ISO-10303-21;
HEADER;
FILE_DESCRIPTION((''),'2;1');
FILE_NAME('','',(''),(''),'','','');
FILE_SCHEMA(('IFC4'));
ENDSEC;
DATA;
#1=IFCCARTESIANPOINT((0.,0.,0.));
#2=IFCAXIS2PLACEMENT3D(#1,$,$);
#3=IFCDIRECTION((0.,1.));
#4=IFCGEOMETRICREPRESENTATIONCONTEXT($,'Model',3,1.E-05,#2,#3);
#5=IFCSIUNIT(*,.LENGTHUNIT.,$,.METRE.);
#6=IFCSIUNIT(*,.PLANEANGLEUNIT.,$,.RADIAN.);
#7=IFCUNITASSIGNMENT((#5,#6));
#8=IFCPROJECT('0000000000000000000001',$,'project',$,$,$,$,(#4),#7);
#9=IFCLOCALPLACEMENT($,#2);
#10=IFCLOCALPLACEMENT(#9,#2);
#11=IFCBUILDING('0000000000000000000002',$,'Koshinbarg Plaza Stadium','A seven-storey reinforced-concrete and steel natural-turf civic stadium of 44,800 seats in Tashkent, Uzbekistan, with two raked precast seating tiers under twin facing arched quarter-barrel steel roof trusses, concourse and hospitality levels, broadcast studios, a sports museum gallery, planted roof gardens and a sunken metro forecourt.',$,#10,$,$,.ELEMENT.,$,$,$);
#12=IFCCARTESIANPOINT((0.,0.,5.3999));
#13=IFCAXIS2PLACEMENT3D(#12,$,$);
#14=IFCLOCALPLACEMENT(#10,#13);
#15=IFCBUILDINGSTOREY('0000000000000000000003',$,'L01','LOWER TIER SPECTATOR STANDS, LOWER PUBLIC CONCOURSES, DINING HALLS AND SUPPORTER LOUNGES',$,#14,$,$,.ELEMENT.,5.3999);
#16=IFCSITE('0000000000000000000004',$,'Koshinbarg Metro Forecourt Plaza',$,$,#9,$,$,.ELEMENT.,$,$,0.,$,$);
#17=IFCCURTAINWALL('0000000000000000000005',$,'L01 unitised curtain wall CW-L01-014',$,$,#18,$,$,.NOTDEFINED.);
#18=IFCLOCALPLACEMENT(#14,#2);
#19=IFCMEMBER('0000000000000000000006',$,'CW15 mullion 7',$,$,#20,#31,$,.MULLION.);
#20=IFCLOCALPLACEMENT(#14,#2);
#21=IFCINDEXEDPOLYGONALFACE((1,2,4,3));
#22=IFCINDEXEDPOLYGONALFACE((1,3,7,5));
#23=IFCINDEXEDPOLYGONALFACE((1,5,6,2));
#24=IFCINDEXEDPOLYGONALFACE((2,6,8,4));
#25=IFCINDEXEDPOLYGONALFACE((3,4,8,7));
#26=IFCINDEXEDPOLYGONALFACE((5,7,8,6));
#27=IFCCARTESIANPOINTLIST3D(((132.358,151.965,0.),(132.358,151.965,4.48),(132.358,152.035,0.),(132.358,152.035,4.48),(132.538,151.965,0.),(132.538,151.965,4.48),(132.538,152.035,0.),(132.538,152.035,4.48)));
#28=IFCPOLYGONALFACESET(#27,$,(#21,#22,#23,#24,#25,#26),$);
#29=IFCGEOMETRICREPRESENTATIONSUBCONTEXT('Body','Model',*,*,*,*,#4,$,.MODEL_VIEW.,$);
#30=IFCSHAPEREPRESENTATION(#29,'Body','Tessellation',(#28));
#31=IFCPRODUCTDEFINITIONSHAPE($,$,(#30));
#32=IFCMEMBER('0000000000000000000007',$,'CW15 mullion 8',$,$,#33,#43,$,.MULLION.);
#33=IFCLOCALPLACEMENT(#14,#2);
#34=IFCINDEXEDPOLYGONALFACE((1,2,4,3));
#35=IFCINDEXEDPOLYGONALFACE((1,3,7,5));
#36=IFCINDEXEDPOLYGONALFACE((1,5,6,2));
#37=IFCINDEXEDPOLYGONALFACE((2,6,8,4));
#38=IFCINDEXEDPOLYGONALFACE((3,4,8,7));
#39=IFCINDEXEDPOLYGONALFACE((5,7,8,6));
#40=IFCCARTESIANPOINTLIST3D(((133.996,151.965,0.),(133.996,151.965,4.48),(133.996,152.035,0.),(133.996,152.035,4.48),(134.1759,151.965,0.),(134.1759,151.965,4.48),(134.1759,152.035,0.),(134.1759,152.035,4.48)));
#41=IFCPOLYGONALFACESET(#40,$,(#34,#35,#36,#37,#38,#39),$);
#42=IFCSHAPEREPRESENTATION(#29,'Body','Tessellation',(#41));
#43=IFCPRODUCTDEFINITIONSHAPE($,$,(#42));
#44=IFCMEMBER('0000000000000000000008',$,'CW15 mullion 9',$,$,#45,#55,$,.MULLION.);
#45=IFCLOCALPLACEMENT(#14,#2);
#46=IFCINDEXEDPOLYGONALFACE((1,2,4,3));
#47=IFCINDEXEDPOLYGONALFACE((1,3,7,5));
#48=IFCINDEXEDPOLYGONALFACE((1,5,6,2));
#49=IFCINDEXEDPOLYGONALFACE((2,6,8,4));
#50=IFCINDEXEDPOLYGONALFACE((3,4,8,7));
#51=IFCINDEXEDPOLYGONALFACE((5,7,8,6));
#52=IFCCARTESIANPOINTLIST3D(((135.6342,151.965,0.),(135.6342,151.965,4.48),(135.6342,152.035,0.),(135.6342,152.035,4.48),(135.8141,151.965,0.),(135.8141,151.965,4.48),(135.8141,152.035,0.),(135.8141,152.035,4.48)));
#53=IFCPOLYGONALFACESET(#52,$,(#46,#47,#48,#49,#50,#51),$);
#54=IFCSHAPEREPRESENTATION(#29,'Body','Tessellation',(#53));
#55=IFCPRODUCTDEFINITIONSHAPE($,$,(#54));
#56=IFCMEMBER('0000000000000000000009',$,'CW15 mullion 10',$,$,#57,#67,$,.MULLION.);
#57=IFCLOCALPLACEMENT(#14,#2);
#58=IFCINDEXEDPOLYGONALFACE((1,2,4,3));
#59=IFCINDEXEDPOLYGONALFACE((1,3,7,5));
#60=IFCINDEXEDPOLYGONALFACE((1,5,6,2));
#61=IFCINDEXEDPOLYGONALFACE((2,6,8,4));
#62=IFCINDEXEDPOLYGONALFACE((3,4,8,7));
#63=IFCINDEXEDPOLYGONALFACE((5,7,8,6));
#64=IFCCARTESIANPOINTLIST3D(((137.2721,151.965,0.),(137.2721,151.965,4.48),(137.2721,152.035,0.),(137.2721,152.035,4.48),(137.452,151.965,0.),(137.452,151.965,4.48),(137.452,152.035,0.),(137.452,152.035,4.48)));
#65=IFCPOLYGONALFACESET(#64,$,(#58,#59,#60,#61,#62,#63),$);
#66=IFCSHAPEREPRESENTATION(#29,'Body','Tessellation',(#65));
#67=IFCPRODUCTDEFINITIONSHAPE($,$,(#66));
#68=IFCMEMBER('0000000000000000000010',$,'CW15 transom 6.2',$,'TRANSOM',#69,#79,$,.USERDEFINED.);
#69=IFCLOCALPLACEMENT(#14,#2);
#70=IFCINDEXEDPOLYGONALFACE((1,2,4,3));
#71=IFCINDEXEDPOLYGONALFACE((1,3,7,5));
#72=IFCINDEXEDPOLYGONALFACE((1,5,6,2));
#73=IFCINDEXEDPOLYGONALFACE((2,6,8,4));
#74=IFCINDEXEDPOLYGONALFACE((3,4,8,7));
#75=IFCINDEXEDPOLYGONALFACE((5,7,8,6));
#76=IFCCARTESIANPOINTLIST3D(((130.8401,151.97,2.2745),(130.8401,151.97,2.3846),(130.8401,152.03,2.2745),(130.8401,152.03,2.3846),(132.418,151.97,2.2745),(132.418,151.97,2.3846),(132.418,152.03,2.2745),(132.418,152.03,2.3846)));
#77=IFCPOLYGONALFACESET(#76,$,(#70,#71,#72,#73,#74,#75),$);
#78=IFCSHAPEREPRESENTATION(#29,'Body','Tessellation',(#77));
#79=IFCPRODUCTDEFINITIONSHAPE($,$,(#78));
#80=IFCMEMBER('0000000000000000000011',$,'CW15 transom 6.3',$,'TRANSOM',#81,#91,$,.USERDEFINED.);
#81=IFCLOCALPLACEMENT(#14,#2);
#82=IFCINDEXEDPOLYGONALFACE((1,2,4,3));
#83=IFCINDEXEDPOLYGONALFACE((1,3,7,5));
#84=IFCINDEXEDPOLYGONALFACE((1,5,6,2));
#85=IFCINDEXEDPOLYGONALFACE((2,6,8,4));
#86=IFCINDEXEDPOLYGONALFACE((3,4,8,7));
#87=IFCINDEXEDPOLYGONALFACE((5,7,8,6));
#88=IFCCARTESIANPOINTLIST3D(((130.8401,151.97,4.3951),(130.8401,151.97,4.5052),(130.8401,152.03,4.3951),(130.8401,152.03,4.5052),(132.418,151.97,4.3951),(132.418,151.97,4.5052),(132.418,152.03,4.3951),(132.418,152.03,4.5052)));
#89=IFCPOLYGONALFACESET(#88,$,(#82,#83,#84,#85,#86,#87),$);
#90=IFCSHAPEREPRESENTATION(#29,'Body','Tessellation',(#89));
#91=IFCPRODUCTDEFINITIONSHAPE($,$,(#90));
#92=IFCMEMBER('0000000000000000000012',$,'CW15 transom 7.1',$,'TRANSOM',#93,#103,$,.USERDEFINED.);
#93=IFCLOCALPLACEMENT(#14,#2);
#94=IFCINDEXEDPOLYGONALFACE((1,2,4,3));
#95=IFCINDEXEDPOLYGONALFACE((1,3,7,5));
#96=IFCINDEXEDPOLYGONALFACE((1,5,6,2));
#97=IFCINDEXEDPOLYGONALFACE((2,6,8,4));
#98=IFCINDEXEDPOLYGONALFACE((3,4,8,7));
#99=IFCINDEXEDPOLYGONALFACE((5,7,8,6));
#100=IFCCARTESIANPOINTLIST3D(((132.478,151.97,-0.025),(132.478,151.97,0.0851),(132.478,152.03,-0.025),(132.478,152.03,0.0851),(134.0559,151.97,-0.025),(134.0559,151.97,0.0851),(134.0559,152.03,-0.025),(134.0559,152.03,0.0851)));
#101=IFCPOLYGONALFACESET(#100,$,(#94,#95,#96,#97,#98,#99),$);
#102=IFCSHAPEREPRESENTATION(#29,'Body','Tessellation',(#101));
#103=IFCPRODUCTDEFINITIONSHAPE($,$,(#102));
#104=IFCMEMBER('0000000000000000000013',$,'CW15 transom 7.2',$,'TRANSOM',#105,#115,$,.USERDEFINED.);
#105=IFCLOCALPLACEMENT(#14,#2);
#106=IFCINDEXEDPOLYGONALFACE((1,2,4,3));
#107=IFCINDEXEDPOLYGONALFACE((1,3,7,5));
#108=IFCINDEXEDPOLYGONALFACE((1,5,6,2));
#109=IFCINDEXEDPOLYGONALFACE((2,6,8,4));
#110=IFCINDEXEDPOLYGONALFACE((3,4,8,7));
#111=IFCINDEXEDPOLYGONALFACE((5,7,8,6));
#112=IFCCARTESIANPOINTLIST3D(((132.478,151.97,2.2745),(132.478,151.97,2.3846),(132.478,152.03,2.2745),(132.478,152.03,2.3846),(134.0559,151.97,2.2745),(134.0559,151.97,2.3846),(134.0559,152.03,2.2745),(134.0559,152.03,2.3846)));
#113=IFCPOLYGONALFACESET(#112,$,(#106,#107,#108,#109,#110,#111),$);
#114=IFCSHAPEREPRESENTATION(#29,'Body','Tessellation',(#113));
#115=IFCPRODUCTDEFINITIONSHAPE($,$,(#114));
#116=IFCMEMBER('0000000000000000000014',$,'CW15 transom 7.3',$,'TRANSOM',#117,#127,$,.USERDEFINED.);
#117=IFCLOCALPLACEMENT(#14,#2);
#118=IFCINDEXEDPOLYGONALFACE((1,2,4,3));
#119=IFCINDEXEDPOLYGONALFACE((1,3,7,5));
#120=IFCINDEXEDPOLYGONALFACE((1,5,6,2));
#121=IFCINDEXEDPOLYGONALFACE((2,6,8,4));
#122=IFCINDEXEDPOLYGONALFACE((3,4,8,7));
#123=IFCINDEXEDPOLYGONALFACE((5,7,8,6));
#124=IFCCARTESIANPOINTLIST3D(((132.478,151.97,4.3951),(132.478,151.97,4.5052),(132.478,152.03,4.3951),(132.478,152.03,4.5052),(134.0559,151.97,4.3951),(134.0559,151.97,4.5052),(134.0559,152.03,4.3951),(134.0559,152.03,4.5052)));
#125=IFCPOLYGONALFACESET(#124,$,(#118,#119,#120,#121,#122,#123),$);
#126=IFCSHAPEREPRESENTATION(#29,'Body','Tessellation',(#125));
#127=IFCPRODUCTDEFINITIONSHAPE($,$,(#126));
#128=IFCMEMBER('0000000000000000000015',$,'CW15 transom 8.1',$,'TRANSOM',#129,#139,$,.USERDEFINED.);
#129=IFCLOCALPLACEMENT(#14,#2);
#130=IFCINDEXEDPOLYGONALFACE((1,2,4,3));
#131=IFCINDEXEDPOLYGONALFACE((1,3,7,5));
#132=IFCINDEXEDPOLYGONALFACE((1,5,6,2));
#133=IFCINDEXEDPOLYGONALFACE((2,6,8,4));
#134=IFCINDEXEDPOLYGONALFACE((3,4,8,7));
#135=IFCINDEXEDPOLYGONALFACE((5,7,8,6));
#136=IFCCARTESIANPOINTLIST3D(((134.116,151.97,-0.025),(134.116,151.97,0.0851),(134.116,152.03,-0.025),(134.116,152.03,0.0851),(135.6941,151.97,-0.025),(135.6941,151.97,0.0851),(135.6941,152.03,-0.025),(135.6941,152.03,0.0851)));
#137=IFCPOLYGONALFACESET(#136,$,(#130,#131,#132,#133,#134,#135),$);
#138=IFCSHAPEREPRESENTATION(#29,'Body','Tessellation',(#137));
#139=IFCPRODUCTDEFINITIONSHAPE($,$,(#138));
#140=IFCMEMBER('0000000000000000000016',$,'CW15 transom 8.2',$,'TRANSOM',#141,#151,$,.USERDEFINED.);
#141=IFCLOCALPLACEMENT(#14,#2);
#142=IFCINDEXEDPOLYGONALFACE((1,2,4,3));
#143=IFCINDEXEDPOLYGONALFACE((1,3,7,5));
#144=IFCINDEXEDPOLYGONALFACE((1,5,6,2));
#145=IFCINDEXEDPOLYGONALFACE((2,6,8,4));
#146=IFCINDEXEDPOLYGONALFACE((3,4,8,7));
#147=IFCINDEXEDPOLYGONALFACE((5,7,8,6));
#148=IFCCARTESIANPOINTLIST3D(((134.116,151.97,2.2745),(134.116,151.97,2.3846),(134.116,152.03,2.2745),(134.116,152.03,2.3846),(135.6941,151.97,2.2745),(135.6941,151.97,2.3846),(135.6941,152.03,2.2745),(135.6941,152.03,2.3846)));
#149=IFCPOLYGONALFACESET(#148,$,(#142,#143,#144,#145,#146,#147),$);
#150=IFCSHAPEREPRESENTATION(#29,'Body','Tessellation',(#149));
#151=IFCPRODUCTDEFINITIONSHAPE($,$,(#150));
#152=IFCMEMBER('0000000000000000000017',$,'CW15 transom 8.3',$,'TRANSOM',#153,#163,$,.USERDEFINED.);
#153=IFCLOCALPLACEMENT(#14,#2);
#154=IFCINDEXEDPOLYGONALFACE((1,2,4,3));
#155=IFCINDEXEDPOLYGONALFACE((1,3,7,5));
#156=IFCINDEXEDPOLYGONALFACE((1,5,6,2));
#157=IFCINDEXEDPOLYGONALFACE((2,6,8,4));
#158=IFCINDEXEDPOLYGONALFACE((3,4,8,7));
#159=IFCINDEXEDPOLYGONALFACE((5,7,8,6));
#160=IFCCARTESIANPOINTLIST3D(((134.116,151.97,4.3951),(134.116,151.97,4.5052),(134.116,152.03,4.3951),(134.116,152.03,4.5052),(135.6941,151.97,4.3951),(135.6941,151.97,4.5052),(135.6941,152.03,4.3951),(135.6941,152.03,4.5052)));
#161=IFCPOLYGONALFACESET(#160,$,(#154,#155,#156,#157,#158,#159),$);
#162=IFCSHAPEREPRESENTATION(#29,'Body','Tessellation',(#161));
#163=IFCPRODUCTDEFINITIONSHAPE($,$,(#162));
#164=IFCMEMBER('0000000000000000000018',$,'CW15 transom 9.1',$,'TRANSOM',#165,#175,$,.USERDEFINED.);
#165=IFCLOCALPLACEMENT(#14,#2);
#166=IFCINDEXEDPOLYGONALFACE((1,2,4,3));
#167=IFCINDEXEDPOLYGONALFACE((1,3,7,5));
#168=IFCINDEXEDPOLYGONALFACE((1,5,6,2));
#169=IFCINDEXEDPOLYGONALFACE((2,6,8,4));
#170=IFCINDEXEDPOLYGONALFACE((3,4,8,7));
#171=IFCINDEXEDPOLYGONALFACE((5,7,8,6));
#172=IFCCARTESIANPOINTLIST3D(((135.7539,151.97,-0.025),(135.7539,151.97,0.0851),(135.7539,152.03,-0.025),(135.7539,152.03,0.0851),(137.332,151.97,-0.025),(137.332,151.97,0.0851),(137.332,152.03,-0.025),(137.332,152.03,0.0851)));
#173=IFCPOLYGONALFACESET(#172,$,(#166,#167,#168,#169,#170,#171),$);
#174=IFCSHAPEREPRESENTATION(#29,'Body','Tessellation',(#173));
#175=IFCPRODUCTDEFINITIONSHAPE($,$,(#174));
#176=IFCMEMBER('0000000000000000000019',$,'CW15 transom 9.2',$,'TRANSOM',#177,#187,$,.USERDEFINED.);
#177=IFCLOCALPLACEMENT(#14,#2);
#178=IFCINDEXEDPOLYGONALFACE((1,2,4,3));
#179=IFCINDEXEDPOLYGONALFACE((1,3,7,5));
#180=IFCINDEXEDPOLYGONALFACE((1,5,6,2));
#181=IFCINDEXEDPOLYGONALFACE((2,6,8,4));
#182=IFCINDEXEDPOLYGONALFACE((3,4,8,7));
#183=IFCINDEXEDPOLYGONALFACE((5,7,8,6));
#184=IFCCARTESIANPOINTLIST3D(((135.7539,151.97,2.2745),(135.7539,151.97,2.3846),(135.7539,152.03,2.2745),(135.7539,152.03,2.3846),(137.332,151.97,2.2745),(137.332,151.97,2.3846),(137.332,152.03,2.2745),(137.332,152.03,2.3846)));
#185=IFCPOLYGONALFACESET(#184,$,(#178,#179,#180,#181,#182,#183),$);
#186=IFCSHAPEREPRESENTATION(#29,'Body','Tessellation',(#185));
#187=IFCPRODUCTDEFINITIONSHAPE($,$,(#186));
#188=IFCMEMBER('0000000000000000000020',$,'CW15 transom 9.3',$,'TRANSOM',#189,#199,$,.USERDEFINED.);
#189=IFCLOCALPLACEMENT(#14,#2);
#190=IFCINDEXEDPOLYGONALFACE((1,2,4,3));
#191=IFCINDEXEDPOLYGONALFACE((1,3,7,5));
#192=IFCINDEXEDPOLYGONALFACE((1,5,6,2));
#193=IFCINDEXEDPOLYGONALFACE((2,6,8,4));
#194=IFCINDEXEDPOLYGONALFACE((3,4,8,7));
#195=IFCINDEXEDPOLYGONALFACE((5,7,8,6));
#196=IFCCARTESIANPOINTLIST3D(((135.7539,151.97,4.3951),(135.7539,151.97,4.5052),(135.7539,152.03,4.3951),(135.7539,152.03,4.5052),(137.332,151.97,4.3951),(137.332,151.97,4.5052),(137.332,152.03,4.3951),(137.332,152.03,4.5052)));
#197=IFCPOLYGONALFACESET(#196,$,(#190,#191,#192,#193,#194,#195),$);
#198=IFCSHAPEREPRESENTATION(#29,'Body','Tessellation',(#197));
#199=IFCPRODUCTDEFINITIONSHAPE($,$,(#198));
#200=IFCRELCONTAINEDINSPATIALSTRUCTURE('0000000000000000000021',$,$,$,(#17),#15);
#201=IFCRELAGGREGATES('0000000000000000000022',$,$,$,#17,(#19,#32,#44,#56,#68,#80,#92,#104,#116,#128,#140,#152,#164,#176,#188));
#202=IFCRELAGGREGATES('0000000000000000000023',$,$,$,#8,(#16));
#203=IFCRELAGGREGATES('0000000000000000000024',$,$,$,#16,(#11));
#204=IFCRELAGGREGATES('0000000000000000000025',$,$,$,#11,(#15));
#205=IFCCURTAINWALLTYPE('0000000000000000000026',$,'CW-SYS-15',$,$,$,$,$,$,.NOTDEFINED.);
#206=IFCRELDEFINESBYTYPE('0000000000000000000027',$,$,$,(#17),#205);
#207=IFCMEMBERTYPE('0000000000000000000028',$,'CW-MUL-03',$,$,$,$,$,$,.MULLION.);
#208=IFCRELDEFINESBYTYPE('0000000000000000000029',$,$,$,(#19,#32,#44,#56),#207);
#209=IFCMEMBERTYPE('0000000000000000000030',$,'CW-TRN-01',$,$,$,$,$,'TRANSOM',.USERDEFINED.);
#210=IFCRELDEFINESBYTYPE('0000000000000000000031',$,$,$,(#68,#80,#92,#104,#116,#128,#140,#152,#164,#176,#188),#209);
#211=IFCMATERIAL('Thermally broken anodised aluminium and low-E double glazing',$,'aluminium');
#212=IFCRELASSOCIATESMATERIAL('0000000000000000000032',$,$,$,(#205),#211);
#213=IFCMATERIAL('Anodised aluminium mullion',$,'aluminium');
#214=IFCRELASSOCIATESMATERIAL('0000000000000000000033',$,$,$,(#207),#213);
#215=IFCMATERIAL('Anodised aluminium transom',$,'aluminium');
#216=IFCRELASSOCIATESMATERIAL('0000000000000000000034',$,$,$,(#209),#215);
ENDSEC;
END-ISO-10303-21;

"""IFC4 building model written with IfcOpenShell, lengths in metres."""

from ifc_helpers import new_model, si_unit, direction, frame, origin, origin_2d, place, context, subcontext, project, spatial, rectangle, extrude, material, material_profile, profile_set, type_object, element, aggregate, save


model = new_model("IFC4")

# Units and contexts
model_context = context("Model", 3, precision=1e-05, world=origin(), true_north=direction((0.0, 1.0)))
body_context = subcontext(model_context, "Body", "Model", "MODEL_VIEW")
ifc_project = project(units=[si_unit("LENGTHUNIT", "METRE"), si_unit("PLANEANGLEUNIT", "RADIAN")], contexts=[model_context])

# Site, building, storey
site_placement = place(None, origin())
site = spatial("IfcSite", under=ifc_project, at=site_placement, Name="Koshinbarg Metro Forecourt Plaza", CompositionType="ELEMENT", RefElevation=0.0)
building_placement = place(site_placement, origin())
building = spatial("IfcBuilding", under=site, at=building_placement, Name="Koshinbarg Plaza Stadium", Description="A seven-storey reinforced-concrete and steel natural-turf civic stadium of 44,800 seats in Tashkent, Uzbekistan, with two raked precast seating tiers under twin facing arched quarter-barrel steel roof trusses, concourse and hospitality levels, broadcast studios, a sports museum gallery, planted roof gardens and a sunken metro forecourt.", CompositionType="ELEMENT")
storey_placement = place(building_placement, frame((0.0, 0.0, 5.3999)))
storey = spatial("IfcBuildingStorey", under=building, at=storey_placement, Name="L01", Description="LOWER TIER SPECTATOR STANDS, LOWER PUBLIC CONCOURSES, DINING HALLS AND SUPPORTER LOUNGES", CompositionType="ELEMENT", Elevation=5.3999)

# Curtain wall, members
ifc_material_1 = material(Name="Thermally broken anodised aluminium and low-E double glazing", Category="aluminium")
curtain_wall_type = type_object("IfcCurtainWallType", Name="CW-SYS-15", PredefinedType="NOTDEFINED", material=ifc_material_1)
curtain_wall_placement = place(storey_placement, origin())
curtain_wall = element("IfcCurtainWall", 1, at=curtain_wall_placement, inside=storey, type_object=curtain_wall_type, Name="L01 unitised curtain wall CW-L01-014", PredefinedType="NOTDEFINED")
ifc_material_2 = material(Name="Anodised aluminium mullion", Category="aluminium")
ifc_material_profile_1 = material_profile(ifc_material_2, rectangle(XDim=0.0701, YDim=0.1799, at=origin_2d()), Name="ALU 70x180")
ifc_profile_set_1 = profile_set([ifc_material_profile_1], Name="Anodised aluminium mullion")
member_type_1 = type_object("IfcMemberType", Name="CW-MUL-03", PredefinedType="MULLION", material=ifc_profile_set_1)
member_1_placement = place(storey_placement, frame((132.448, 152.0, 0.0), z_axis=(0.0, 0.0, 1.0), x_axis=(0.0, 1.0, 0.0)))
member_1 = element("IfcMember", 2, at=member_1_placement, type_object=member_type_1, Name="CW15 mullion 7", PredefinedType="MULLION", context=body_context, shape_type="SweptSolid", body=[
    extrude(rectangle(XDim=0.0701, YDim=0.1799, at=origin_2d()), origin(), (0.0, 0.0, 1.0), 4.48),
])
member_2_placement = place(storey_placement, frame((134.0859, 152.0, 0.0), z_axis=(0.0, 0.0, 1.0), x_axis=(0.0, 1.0, 0.0)))
member_2 = element("IfcMember", 3, at=member_2_placement, type_object=member_type_1, Name="CW15 mullion 8", PredefinedType="MULLION", context=body_context, shape_type="SweptSolid", body=[
    extrude(rectangle(XDim=0.0701, YDim=0.1799, at=origin_2d()), origin(), (0.0, 0.0, 1.0), 4.48),
])
member_3_placement = place(storey_placement, frame((135.7241, 152.0, 0.0), z_axis=(0.0, 0.0, 1.0), x_axis=(0.0, 1.0, 0.0)))
member_3 = element("IfcMember", 4, at=member_3_placement, type_object=member_type_1, Name="CW15 mullion 9", PredefinedType="MULLION", context=body_context, shape_type="SweptSolid", body=[
    extrude(rectangle(XDim=0.0701, YDim=0.1799, at=origin_2d()), origin(), (0.0, 0.0, 1.0), 4.48),
])
member_4_placement = place(storey_placement, frame((137.3621, 152.0, 0.0), z_axis=(0.0, 0.0, 1.0), x_axis=(0.0, 1.0, 0.0)))
member_4 = element("IfcMember", 5, at=member_4_placement, type_object=member_type_1, Name="CW15 mullion 10", PredefinedType="MULLION", context=body_context, shape_type="SweptSolid", body=[
    extrude(rectangle(XDim=0.0701, YDim=0.1799, at=origin_2d()), origin(), (0.0, 0.0, 1.0), 4.48),
])
ifc_material_3 = material(Name="Anodised aluminium transom", Category="aluminium")
ifc_material_profile_2 = material_profile(ifc_material_3, rectangle(XDim=0.0601, YDim=0.1101, at=origin_2d()), Name="ALU 60x110")
ifc_profile_set_2 = profile_set([ifc_material_profile_2], Name="Anodised aluminium transom")
member_type_2 = type_object("IfcMemberType", Name="CW-TRN-01", ElementType="TRANSOM", PredefinedType="USERDEFINED", material=ifc_profile_set_2)
member_5_placement = place(storey_placement, frame((130.8401, 152.0, 2.3296), z_axis=(1.0, 0.0, 0.0), x_axis=(0.0, 1.0, 0.0)))
member_5 = element("IfcMember", 6, at=member_5_placement, type_object=member_type_2, Name="CW15 transom 6.2", ObjectType="TRANSOM", PredefinedType="USERDEFINED", context=body_context, shape_type="SweptSolid", body=[
    extrude(rectangle(XDim=0.0601, YDim=0.1101, at=origin_2d()), origin(), (0.0, 0.0, 1.0), 1.5779),
])
member_6_placement = place(storey_placement, frame((130.8401, 152.0, 4.4502), z_axis=(1.0, 0.0, 0.0), x_axis=(0.0, 1.0, 0.0)))
member_6 = element("IfcMember", 7, at=member_6_placement, type_object=member_type_2, Name="CW15 transom 6.3", ObjectType="TRANSOM", PredefinedType="USERDEFINED", context=body_context, shape_type="SweptSolid", body=[
    extrude(rectangle(XDim=0.0601, YDim=0.1101, at=origin_2d()), origin(), (0.0, 0.0, 1.0), 1.5779),
])
member_7_placement = place(storey_placement, frame((132.478, 152.0, 0.03), z_axis=(1.0, 0.0, 0.0), x_axis=(0.0, 1.0, 0.0)))
member_7 = element("IfcMember", 8, at=member_7_placement, type_object=member_type_2, Name="CW15 transom 7.1", ObjectType="TRANSOM", PredefinedType="USERDEFINED", context=body_context, shape_type="SweptSolid", body=[
    extrude(rectangle(XDim=0.0601, YDim=0.1101, at=origin_2d()), origin(), (0.0, 0.0, 1.0), 1.5779),
])
member_8_placement = place(storey_placement, frame((132.478, 152.0, 2.3296), z_axis=(1.0, 0.0, 0.0), x_axis=(0.0, 1.0, 0.0)))
member_8 = element("IfcMember", 9, at=member_8_placement, type_object=member_type_2, Name="CW15 transom 7.2", ObjectType="TRANSOM", PredefinedType="USERDEFINED", context=body_context, shape_type="SweptSolid", body=[
    extrude(rectangle(XDim=0.0601, YDim=0.1101, at=origin_2d()), origin(), (0.0, 0.0, 1.0), 1.5779),
])
member_9_placement = place(storey_placement, frame((132.478, 152.0, 4.4502), z_axis=(1.0, 0.0, 0.0), x_axis=(0.0, 1.0, 0.0)))
member_9 = element("IfcMember", 10, at=member_9_placement, type_object=member_type_2, Name="CW15 transom 7.3", ObjectType="TRANSOM", PredefinedType="USERDEFINED", context=body_context, shape_type="SweptSolid", body=[
    extrude(rectangle(XDim=0.0601, YDim=0.1101, at=origin_2d()), origin(), (0.0, 0.0, 1.0), 1.5779),
])
member_10_placement = place(storey_placement, frame((134.116, 152.0, 0.03), z_axis=(1.0, 0.0, 0.0), x_axis=(0.0, 1.0, 0.0)))
member_10 = element("IfcMember", 11, at=member_10_placement, type_object=member_type_2, Name="CW15 transom 8.1", ObjectType="TRANSOM", PredefinedType="USERDEFINED", context=body_context, shape_type="SweptSolid", body=[
    extrude(rectangle(XDim=0.0601, YDim=0.1101, at=origin_2d()), origin(), (0.0, 0.0, 1.0), 1.5781),
])
member_11_placement = place(storey_placement, frame((134.116, 152.0, 2.3296), z_axis=(1.0, 0.0, 0.0), x_axis=(0.0, 1.0, 0.0)))
member_11 = element("IfcMember", 12, at=member_11_placement, type_object=member_type_2, Name="CW15 transom 8.2", ObjectType="TRANSOM", PredefinedType="USERDEFINED", context=body_context, shape_type="SweptSolid", body=[
    extrude(rectangle(XDim=0.0601, YDim=0.1101, at=origin_2d()), origin(), (0.0, 0.0, 1.0), 1.5781),
])
member_12_placement = place(storey_placement, frame((134.116, 152.0, 4.4502), z_axis=(1.0, 0.0, 0.0), x_axis=(0.0, 1.0, 0.0)))
member_12 = element("IfcMember", 13, at=member_12_placement, type_object=member_type_2, Name="CW15 transom 8.3", ObjectType="TRANSOM", PredefinedType="USERDEFINED", context=body_context, shape_type="SweptSolid", body=[
    extrude(rectangle(XDim=0.0601, YDim=0.1101, at=origin_2d()), origin(), (0.0, 0.0, 1.0), 1.5781),
])
member_13_placement = place(storey_placement, frame((135.7539, 152.0, 0.03), z_axis=(1.0, 0.0, 0.0), x_axis=(0.0, 1.0, 0.0)))
member_13 = element("IfcMember", 14, at=member_13_placement, type_object=member_type_2, Name="CW15 transom 9.1", ObjectType="TRANSOM", PredefinedType="USERDEFINED", context=body_context, shape_type="SweptSolid", body=[
    extrude(rectangle(XDim=0.0601, YDim=0.1101, at=origin_2d()), origin(), (0.0, 0.0, 1.0), 1.5781),
])
member_14_placement = place(storey_placement, frame((135.7539, 152.0, 2.3296), z_axis=(1.0, 0.0, 0.0), x_axis=(0.0, 1.0, 0.0)))
member_14 = element("IfcMember", 15, at=member_14_placement, type_object=member_type_2, Name="CW15 transom 9.2", ObjectType="TRANSOM", PredefinedType="USERDEFINED", context=body_context, shape_type="SweptSolid", body=[
    extrude(rectangle(XDim=0.0601, YDim=0.1101, at=origin_2d()), origin(), (0.0, 0.0, 1.0), 1.5781),
])
member_15_placement = place(storey_placement, frame((135.7539, 152.0, 4.4502), z_axis=(1.0, 0.0, 0.0), x_axis=(0.0, 1.0, 0.0)))
member_15 = element("IfcMember", 16, at=member_15_placement, type_object=member_type_2, Name="CW15 transom 9.3", ObjectType="TRANSOM", PredefinedType="USERDEFINED", context=body_context, shape_type="SweptSolid", body=[
    extrude(rectangle(XDim=0.0601, YDim=0.1101, at=origin_2d()), origin(), (0.0, 0.0, 1.0), 1.5781),
])
aggregate(curtain_wall, [member_1, member_2, member_3, member_4, member_5, member_6, member_7, member_8, member_9, member_10, member_11, member_12, member_13, member_14, member_15])

save(model, "model.ifc")
